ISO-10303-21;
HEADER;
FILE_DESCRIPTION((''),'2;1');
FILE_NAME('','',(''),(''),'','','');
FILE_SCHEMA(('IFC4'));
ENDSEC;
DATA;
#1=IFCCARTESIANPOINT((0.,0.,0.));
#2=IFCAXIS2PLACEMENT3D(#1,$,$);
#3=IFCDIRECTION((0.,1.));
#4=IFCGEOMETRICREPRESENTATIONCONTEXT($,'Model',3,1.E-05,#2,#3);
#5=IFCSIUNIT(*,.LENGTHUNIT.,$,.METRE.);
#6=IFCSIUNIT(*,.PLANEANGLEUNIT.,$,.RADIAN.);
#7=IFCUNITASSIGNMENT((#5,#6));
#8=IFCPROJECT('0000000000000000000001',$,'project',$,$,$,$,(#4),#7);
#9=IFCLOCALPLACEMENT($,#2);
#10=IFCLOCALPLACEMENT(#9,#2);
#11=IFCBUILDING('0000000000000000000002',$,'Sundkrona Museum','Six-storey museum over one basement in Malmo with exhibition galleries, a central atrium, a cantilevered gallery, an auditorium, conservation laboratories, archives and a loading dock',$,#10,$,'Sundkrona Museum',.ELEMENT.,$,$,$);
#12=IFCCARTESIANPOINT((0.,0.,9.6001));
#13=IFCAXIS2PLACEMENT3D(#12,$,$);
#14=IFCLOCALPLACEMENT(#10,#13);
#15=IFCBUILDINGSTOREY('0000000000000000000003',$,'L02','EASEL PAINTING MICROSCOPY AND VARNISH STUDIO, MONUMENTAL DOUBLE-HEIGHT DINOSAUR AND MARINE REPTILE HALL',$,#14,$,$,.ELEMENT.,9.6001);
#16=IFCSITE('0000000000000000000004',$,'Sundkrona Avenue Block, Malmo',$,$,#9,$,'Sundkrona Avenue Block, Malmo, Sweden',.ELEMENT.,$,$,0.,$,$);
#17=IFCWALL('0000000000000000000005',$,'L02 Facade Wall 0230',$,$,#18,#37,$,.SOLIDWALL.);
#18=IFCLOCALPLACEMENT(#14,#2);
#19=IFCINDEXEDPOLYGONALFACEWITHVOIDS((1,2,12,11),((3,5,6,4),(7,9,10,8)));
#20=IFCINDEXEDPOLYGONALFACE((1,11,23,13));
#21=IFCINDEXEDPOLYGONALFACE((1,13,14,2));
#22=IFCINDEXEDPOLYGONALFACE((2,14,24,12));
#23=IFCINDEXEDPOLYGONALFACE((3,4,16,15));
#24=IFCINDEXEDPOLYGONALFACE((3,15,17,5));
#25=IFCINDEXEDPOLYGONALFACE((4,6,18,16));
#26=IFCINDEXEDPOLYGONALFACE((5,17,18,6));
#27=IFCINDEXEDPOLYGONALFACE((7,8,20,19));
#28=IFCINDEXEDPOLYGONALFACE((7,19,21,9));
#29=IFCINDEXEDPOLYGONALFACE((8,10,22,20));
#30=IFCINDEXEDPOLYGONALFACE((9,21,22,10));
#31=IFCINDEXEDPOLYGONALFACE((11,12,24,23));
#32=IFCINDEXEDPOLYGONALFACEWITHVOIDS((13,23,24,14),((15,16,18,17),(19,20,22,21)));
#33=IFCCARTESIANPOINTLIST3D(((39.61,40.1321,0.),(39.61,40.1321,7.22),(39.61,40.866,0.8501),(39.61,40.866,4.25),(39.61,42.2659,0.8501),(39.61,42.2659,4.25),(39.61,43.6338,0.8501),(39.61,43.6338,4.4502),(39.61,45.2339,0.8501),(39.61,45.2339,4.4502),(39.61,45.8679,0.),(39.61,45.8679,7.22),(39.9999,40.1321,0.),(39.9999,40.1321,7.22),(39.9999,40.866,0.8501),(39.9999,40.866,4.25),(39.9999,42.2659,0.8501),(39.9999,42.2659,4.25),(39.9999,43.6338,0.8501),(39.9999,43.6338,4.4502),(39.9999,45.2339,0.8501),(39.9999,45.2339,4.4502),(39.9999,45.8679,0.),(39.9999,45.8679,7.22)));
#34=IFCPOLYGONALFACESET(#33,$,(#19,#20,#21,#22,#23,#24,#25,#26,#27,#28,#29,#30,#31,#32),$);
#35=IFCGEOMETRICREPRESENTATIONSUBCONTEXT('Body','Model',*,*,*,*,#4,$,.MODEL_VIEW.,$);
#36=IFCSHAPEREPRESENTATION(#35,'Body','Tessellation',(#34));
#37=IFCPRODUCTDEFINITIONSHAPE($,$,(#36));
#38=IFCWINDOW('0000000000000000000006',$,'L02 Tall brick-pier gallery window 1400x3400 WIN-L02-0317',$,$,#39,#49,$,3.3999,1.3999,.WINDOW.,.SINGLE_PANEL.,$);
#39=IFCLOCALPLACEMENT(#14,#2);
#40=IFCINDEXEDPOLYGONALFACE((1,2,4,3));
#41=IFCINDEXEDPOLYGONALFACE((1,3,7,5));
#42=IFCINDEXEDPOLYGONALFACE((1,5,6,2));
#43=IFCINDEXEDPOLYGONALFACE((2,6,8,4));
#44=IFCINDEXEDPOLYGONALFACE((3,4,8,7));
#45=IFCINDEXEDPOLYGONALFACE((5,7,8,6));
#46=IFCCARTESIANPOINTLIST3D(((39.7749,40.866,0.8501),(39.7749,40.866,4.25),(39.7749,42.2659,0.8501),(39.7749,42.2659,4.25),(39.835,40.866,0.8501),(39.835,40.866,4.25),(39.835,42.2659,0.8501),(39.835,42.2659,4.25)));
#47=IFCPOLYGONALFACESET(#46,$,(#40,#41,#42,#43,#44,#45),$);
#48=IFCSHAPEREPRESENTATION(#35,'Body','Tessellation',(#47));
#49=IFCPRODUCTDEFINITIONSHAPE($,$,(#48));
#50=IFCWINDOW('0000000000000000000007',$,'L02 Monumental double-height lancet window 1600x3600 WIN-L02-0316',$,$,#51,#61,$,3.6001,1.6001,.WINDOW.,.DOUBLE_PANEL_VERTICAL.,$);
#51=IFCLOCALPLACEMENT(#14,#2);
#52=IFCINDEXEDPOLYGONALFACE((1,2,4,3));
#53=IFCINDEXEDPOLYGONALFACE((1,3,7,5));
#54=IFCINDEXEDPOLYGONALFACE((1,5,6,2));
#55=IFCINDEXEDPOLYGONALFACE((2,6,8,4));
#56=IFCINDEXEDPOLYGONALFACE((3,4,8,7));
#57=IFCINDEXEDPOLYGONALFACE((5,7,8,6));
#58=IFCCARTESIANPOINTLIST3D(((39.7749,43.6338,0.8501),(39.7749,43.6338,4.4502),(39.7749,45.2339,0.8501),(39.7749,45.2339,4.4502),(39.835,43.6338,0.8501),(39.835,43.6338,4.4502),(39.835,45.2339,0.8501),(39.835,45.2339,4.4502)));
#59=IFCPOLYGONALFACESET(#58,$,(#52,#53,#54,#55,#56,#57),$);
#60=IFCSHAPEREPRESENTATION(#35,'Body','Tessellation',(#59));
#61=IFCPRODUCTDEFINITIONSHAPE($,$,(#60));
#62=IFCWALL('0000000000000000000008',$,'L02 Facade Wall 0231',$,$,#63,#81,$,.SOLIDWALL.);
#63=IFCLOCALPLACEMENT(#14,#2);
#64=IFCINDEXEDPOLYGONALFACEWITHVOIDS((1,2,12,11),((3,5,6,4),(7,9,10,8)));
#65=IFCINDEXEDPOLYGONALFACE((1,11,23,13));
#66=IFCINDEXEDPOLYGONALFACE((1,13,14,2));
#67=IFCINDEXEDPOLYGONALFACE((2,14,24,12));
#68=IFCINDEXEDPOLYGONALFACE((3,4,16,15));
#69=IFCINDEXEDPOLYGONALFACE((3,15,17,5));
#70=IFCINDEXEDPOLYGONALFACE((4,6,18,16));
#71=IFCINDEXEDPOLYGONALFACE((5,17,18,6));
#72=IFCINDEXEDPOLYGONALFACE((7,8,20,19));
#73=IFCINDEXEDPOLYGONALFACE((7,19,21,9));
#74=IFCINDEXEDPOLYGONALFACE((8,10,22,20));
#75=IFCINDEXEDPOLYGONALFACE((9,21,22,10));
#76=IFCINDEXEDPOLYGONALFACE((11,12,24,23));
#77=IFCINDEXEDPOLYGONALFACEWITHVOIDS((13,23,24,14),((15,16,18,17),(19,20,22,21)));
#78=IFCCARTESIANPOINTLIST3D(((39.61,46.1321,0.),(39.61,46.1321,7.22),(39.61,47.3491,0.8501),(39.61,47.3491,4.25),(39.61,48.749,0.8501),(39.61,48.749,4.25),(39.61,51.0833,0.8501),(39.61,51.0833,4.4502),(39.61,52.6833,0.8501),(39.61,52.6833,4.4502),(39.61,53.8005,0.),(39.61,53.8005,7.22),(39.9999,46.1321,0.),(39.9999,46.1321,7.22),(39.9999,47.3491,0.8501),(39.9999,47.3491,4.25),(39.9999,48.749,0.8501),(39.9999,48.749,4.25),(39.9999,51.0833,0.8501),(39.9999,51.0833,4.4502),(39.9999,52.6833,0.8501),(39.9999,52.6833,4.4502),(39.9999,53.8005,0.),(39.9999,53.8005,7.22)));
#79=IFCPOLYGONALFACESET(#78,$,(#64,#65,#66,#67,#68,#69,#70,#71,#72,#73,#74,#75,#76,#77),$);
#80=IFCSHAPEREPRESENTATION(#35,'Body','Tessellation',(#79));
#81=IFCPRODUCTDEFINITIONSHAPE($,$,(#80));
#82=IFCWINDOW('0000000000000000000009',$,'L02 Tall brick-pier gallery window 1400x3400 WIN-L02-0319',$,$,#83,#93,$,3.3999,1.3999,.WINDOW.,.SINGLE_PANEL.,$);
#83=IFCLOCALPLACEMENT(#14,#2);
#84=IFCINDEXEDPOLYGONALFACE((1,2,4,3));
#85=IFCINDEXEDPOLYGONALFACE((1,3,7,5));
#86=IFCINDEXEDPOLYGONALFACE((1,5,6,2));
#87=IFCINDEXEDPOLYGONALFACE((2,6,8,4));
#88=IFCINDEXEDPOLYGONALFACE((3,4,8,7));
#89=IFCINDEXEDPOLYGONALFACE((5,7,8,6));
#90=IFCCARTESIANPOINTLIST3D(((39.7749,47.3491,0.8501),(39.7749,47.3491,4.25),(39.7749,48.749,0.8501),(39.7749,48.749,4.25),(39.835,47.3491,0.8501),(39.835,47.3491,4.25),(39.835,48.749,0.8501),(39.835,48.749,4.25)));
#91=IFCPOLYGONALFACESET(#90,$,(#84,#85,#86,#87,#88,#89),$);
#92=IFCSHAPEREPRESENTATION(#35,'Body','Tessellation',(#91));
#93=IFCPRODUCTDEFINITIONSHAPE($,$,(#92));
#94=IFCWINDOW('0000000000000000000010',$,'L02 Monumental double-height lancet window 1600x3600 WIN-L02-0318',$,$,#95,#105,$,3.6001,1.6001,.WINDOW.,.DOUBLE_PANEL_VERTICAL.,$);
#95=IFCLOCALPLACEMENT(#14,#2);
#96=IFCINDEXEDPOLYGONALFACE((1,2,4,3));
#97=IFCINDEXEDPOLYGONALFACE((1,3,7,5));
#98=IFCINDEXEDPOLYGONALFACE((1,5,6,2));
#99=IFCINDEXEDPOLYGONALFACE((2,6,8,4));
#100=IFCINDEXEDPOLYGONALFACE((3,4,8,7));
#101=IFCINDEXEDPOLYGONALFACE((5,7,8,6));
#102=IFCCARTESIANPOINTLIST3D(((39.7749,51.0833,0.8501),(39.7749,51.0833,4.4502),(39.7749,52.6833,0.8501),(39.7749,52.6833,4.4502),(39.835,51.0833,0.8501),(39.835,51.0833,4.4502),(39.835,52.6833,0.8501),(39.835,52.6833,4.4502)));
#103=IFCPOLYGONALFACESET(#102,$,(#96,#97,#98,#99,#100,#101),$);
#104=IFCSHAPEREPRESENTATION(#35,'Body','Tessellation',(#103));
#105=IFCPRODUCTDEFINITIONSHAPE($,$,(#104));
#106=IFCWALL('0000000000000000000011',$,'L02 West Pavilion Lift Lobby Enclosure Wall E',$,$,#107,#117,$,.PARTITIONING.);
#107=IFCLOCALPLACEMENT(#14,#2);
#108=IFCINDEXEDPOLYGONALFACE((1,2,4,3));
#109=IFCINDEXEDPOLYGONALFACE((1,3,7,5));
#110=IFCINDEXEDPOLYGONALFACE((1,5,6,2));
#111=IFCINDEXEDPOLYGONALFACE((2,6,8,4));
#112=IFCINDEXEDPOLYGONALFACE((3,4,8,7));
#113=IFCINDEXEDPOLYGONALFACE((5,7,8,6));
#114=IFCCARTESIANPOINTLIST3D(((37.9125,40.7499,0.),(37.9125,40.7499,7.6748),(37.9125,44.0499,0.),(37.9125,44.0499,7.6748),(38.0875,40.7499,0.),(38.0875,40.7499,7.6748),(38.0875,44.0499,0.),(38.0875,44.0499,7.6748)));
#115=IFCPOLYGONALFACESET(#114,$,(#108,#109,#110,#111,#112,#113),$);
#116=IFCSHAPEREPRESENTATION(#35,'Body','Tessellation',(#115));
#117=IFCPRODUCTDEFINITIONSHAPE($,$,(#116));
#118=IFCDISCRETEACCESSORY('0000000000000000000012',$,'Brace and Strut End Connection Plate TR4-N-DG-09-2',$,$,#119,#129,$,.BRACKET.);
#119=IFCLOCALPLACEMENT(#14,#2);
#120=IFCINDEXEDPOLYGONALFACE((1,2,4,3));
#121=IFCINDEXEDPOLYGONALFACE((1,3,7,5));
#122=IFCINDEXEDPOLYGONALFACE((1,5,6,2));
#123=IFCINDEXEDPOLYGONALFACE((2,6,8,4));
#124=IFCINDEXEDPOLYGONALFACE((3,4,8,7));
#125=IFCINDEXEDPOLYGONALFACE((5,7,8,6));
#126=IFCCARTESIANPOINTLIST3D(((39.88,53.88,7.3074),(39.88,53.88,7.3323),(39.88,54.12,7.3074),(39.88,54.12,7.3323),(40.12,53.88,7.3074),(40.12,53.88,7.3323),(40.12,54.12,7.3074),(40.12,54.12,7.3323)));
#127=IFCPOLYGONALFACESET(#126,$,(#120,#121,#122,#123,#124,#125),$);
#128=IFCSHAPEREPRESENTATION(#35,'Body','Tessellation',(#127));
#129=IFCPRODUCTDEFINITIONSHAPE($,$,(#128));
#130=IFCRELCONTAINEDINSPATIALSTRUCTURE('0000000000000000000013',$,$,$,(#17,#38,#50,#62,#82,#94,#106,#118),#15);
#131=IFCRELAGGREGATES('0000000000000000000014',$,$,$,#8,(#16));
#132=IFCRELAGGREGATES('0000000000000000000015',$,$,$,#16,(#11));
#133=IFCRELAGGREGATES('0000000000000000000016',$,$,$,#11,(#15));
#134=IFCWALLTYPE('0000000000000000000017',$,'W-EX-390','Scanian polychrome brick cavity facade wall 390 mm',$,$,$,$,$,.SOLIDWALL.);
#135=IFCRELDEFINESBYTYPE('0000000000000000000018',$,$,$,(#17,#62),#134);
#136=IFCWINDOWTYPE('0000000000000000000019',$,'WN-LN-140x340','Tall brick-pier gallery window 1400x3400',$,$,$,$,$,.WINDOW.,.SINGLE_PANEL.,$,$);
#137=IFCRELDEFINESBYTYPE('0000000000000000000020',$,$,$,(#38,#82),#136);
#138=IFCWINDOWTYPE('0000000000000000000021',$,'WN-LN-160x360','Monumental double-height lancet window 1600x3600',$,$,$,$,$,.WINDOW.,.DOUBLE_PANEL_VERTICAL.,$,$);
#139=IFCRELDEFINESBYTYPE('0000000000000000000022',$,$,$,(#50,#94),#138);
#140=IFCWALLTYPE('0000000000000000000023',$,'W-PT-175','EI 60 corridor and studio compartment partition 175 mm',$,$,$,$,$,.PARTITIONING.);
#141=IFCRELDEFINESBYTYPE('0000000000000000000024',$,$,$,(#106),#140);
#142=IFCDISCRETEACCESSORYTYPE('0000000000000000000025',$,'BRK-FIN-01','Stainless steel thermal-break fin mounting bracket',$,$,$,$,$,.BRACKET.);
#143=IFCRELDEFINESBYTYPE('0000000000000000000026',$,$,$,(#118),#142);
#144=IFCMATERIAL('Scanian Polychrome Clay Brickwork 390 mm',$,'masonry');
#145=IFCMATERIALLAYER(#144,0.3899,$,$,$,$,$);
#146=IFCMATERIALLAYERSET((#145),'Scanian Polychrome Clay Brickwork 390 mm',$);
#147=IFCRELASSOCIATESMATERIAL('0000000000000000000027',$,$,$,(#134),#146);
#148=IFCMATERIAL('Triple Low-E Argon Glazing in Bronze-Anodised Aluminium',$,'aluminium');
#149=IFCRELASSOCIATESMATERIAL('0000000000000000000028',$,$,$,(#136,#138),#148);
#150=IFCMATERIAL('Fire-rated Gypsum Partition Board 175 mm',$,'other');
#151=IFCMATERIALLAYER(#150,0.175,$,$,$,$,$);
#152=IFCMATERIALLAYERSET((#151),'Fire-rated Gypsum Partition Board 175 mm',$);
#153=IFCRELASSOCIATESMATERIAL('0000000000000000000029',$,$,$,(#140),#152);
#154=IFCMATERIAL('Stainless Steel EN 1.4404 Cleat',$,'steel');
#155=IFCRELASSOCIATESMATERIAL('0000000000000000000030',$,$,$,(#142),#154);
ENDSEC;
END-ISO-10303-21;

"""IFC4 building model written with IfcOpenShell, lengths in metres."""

from ifc_helpers import new_model, si_unit, direction, frame, frame_2d, origin, origin_2d, place, context, subcontext, project, spatial, rectangle, extrude, material, layer, layer_set, type_object, element, fill, save


model = new_model("IFC4")

# Units and contexts
model_context = context("Model", 3, precision=1e-05, world=origin(), true_north=direction((0.0, 1.0)))
body_context = subcontext(model_context, "Body", "Model", "MODEL_VIEW")
ifc_project = project(units=[si_unit("LENGTHUNIT", "METRE"), si_unit("PLANEANGLEUNIT", "RADIAN")], contexts=[model_context])

# Site, building, storey
site_placement = place(None, origin())
site = spatial("IfcSite", under=ifc_project, at=site_placement, Name="Sundkrona Avenue Block, Malmo", LongName="Sundkrona Avenue Block, Malmo, Sweden", CompositionType="ELEMENT", RefElevation=0.0)
building_placement = place(site_placement, origin())
building = spatial("IfcBuilding", under=site, at=building_placement, Name="Sundkrona Museum", Description="Six-storey museum over one basement in Malmo with exhibition galleries, a central atrium, a cantilevered gallery, an auditorium, conservation laboratories, archives and a loading dock", LongName="Sundkrona Museum", CompositionType="ELEMENT")
storey_placement = place(building_placement, frame((0.0, 0.0, 9.6001)))
storey = spatial("IfcBuildingStorey", under=building, at=storey_placement, Name="L02", Description="EASEL PAINTING MICROSCOPY AND VARNISH STUDIO, MONUMENTAL DOUBLE-HEIGHT DINOSAUR AND MARINE REPTILE HALL", CompositionType="ELEMENT", Elevation=9.6001)

# Walls, openings, windows
ifc_material_1 = material(Name="Scanian Polychrome Clay Brickwork 390 mm", Category="masonry")
ifc_layer_1 = layer(ifc_material_1, 0.3899)
ifc_layer_set_1 = layer_set([ifc_layer_1], Name="Scanian Polychrome Clay Brickwork 390 mm")
wall_type_1 = type_object("IfcWallType", Name="W-EX-390", Description="Scanian polychrome brick cavity facade wall 390 mm", PredefinedType="SOLIDWALL", material=ifc_layer_set_1)
ifc_material_2 = material(Name="Triple Low-E Argon Glazing in Bronze-Anodised Aluminium", Category="aluminium")
window_type_1 = type_object("IfcWindowType", Name="WN-LN-140x340", Description="Tall brick-pier gallery window 1400x3400", PartitioningType="SINGLE_PANEL", PredefinedType="WINDOW", material=ifc_material_2)
window_type_2 = type_object("IfcWindowType", Name="WN-LN-160x360", Description="Monumental double-height lancet window 1600x3600", PartitioningType="DOUBLE_PANEL_VERTICAL", PredefinedType="WINDOW", material=ifc_material_2)
wall_1_placement = place(storey_placement, frame((39.8049, 45.8679, 0.0), z_axis=(0.0, 0.0, 1.0), x_axis=(0.0, -1.0, 0.0)))
wall_1 = element("IfcWall", 1, at=wall_1_placement, inside=storey, type_object=wall_type_1, Name="L02 Facade Wall 0230", PredefinedType="SOLIDWALL", context=body_context, shape_type="SweptSolid", body=[
    extrude(rectangle(XDim=5.7358, YDim=0.3899, at=frame_2d((2.8679, 0.0))), origin(), (0.0, 0.0, 1.0), 7.22),
])
opening_1_placement = place(wall_1_placement, frame((0.634, 0.0, 0.8501)))
opening_1 = element("IfcOpeningElement", 2, at=opening_1_placement, cuts=wall_1, PredefinedType="OPENING", context=body_context, shape_type="SweptSolid", body=[
    extrude(rectangle(XDim=1.6001, YDim=3.6001, at=frame_2d((0.8, 1.8))), frame((0.0, 0.2048, 0.0), z_axis=(0.0, -1.0, 0.0), x_axis=(1.0, 0.0, 0.0)), (0.0, 0.0, 1.0), 0.4099),
])
opening_2_placement = place(wall_1_placement, frame((3.6021, 0.0, 0.8501)))
opening_2 = element("IfcOpeningElement", 3, at=opening_2_placement, cuts=wall_1, PredefinedType="OPENING", context=body_context, shape_type="SweptSolid", body=[
    extrude(rectangle(XDim=1.3999, YDim=3.3999, at=frame_2d((0.7, 1.7))), frame((0.0, 0.2048, 0.0), z_axis=(0.0, -1.0, 0.0), x_axis=(1.0, 0.0, 0.0)), (0.0, 0.0, 1.0), 0.4099),
])
window_1_placement = place(opening_2_placement, origin())
window_1 = element("IfcWindow", 4, at=window_1_placement, inside=storey, type_object=window_type_1, Name="L02 Tall brick-pier gallery window 1400x3400 WIN-L02-0317", OverallHeight=3.3999, OverallWidth=1.3999, PartitioningType="SINGLE_PANEL", PredefinedType="WINDOW", context=body_context, shape_type="SweptSolid", body=[
    extrude(rectangle(XDim=1.3999, YDim=3.3999, at=frame_2d((0.7, 1.7))), frame((0.0, 0.03, 0.0), z_axis=(0.0, -1.0, 0.0), x_axis=(1.0, 0.0, 0.0)), (0.0, 0.0, 1.0), 0.0601),
])
fill(opening_2, window_1)
window_2_placement = place(opening_1_placement, origin())
window_2 = element("IfcWindow", 5, at=window_2_placement, inside=storey, type_object=window_type_2, Name="L02 Monumental double-height lancet window 1600x3600 WIN-L02-0316", OverallHeight=3.6001, OverallWidth=1.6001, PartitioningType="DOUBLE_PANEL_VERTICAL", PredefinedType="WINDOW", context=body_context, shape_type="SweptSolid", body=[
    extrude(rectangle(XDim=1.6001, YDim=3.6001, at=frame_2d((0.8, 1.8))), frame((0.0, 0.03, 0.0), z_axis=(0.0, -1.0, 0.0), x_axis=(1.0, 0.0, 0.0)), (0.0, 0.0, 1.0), 0.0601),
])
fill(opening_1, window_2)
wall_2_placement = place(storey_placement, frame((39.8049, 53.8005, 0.0), z_axis=(0.0, 0.0, 1.0), x_axis=(0.0, -1.0, 0.0)))
wall_2 = element("IfcWall", 6, at=wall_2_placement, inside=storey, type_object=wall_type_1, Name="L02 Facade Wall 0231", PredefinedType="SOLIDWALL", context=body_context, shape_type="SweptSolid", body=[
    extrude(rectangle(XDim=7.6685, YDim=0.3899, at=frame_2d((3.8342, 0.0))), origin(), (0.0, 0.0, 1.0), 7.22),
])
opening_3_placement = place(wall_2_placement, frame((1.1172, 0.0, 0.8501)))
opening_3 = element("IfcOpeningElement", 7, at=opening_3_placement, cuts=wall_2, PredefinedType="OPENING", context=body_context, shape_type="SweptSolid", body=[
    extrude(rectangle(XDim=1.6001, YDim=3.6001, at=frame_2d((0.8, 1.8))), frame((0.0, 0.2048, 0.0), z_axis=(0.0, -1.0, 0.0), x_axis=(1.0, 0.0, 0.0)), (0.0, 0.0, 1.0), 0.4099),
])
opening_4_placement = place(wall_2_placement, frame((5.0515, 0.0, 0.8501)))
opening_4 = element("IfcOpeningElement", 8, at=opening_4_placement, cuts=wall_2, PredefinedType="OPENING", context=body_context, shape_type="SweptSolid", body=[
    extrude(rectangle(XDim=1.3999, YDim=3.3999, at=frame_2d((0.7, 1.7))), frame((0.0, 0.2048, 0.0), z_axis=(0.0, -1.0, 0.0), x_axis=(1.0, 0.0, 0.0)), (0.0, 0.0, 1.0), 0.4099),
])
window_3_placement = place(opening_4_placement, origin())
window_3 = element("IfcWindow", 9, at=window_3_placement, inside=storey, type_object=window_type_1, Name="L02 Tall brick-pier gallery window 1400x3400 WIN-L02-0319", OverallHeight=3.3999, OverallWidth=1.3999, PartitioningType="SINGLE_PANEL", PredefinedType="WINDOW", context=body_context, shape_type="SweptSolid", body=[
    extrude(rectangle(XDim=1.3999, YDim=3.3999, at=frame_2d((0.7, 1.7))), frame((0.0, 0.03, 0.0), z_axis=(0.0, -1.0, 0.0), x_axis=(1.0, 0.0, 0.0)), (0.0, 0.0, 1.0), 0.0601),
])
fill(opening_4, window_3)
window_4_placement = place(opening_3_placement, origin())
window_4 = element("IfcWindow", 10, at=window_4_placement, inside=storey, type_object=window_type_2, Name="L02 Monumental double-height lancet window 1600x3600 WIN-L02-0318", OverallHeight=3.6001, OverallWidth=1.6001, PartitioningType="DOUBLE_PANEL_VERTICAL", PredefinedType="WINDOW", context=body_context, shape_type="SweptSolid", body=[
    extrude(rectangle(XDim=1.6001, YDim=3.6001, at=frame_2d((0.8, 1.8))), frame((0.0, 0.03, 0.0), z_axis=(0.0, -1.0, 0.0), x_axis=(1.0, 0.0, 0.0)), (0.0, 0.0, 1.0), 0.0601),
])
fill(opening_3, window_4)

# Wall
ifc_material_3 = material(Name="Fire-rated Gypsum Partition Board 175 mm", Category="other")
ifc_layer_2 = layer(ifc_material_3, 0.175)
ifc_layer_set_2 = layer_set([ifc_layer_2], Name="Fire-rated Gypsum Partition Board 175 mm")
wall_type_2 = type_object("IfcWallType", Name="W-PT-175", Description="EI 60 corridor and studio compartment partition 175 mm", PredefinedType="PARTITIONING", material=ifc_layer_set_2)
wall_3_placement = place(storey_placement, frame((38.0, 40.75, 0.0), z_axis=(0.0, 0.0, 1.0), x_axis=(0.0, 1.0, 0.0)))
element("IfcWall", 11, at=wall_3_placement, inside=storey, type_object=wall_type_2, Name="L02 West Pavilion Lift Lobby Enclosure Wall E", PredefinedType="PARTITIONING", context=body_context, shape_type="SweptSolid", body=[
    extrude(rectangle(XDim=3.3, YDim=0.175, at=frame_2d((1.6499, 0.0))), origin(), (0.0, 0.0, 1.0), 7.6748),
])

# Discrete accessory
ifc_material_4 = material(Name="Stainless Steel EN 1.4404 Cleat", Category="steel")
discrete_accessory_type = type_object("IfcDiscreteAccessoryType", Name="BRK-FIN-01", Description="Stainless steel thermal-break fin mounting bracket", PredefinedType="BRACKET", material=ifc_material_4)
discrete_accessory_placement = place(storey_placement, frame((40.0, 54.0, 7.3074), z_axis=(0.0, 0.0, 1.0), x_axis=(1.0, 0.0, 0.0)))
element("IfcDiscreteAccessory", 12, at=discrete_accessory_placement, inside=storey, type_object=discrete_accessory_type, Name="Brace and Strut End Connection Plate TR4-N-DG-09-2", PredefinedType="BRACKET", context=body_context, shape_type="SweptSolid", body=[
    extrude(rectangle(XDim=0.24, YDim=0.24, at=origin_2d()), origin(), (0.0, 0.0, 1.0), 0.0249),
])

save(model, "model.ifc")
